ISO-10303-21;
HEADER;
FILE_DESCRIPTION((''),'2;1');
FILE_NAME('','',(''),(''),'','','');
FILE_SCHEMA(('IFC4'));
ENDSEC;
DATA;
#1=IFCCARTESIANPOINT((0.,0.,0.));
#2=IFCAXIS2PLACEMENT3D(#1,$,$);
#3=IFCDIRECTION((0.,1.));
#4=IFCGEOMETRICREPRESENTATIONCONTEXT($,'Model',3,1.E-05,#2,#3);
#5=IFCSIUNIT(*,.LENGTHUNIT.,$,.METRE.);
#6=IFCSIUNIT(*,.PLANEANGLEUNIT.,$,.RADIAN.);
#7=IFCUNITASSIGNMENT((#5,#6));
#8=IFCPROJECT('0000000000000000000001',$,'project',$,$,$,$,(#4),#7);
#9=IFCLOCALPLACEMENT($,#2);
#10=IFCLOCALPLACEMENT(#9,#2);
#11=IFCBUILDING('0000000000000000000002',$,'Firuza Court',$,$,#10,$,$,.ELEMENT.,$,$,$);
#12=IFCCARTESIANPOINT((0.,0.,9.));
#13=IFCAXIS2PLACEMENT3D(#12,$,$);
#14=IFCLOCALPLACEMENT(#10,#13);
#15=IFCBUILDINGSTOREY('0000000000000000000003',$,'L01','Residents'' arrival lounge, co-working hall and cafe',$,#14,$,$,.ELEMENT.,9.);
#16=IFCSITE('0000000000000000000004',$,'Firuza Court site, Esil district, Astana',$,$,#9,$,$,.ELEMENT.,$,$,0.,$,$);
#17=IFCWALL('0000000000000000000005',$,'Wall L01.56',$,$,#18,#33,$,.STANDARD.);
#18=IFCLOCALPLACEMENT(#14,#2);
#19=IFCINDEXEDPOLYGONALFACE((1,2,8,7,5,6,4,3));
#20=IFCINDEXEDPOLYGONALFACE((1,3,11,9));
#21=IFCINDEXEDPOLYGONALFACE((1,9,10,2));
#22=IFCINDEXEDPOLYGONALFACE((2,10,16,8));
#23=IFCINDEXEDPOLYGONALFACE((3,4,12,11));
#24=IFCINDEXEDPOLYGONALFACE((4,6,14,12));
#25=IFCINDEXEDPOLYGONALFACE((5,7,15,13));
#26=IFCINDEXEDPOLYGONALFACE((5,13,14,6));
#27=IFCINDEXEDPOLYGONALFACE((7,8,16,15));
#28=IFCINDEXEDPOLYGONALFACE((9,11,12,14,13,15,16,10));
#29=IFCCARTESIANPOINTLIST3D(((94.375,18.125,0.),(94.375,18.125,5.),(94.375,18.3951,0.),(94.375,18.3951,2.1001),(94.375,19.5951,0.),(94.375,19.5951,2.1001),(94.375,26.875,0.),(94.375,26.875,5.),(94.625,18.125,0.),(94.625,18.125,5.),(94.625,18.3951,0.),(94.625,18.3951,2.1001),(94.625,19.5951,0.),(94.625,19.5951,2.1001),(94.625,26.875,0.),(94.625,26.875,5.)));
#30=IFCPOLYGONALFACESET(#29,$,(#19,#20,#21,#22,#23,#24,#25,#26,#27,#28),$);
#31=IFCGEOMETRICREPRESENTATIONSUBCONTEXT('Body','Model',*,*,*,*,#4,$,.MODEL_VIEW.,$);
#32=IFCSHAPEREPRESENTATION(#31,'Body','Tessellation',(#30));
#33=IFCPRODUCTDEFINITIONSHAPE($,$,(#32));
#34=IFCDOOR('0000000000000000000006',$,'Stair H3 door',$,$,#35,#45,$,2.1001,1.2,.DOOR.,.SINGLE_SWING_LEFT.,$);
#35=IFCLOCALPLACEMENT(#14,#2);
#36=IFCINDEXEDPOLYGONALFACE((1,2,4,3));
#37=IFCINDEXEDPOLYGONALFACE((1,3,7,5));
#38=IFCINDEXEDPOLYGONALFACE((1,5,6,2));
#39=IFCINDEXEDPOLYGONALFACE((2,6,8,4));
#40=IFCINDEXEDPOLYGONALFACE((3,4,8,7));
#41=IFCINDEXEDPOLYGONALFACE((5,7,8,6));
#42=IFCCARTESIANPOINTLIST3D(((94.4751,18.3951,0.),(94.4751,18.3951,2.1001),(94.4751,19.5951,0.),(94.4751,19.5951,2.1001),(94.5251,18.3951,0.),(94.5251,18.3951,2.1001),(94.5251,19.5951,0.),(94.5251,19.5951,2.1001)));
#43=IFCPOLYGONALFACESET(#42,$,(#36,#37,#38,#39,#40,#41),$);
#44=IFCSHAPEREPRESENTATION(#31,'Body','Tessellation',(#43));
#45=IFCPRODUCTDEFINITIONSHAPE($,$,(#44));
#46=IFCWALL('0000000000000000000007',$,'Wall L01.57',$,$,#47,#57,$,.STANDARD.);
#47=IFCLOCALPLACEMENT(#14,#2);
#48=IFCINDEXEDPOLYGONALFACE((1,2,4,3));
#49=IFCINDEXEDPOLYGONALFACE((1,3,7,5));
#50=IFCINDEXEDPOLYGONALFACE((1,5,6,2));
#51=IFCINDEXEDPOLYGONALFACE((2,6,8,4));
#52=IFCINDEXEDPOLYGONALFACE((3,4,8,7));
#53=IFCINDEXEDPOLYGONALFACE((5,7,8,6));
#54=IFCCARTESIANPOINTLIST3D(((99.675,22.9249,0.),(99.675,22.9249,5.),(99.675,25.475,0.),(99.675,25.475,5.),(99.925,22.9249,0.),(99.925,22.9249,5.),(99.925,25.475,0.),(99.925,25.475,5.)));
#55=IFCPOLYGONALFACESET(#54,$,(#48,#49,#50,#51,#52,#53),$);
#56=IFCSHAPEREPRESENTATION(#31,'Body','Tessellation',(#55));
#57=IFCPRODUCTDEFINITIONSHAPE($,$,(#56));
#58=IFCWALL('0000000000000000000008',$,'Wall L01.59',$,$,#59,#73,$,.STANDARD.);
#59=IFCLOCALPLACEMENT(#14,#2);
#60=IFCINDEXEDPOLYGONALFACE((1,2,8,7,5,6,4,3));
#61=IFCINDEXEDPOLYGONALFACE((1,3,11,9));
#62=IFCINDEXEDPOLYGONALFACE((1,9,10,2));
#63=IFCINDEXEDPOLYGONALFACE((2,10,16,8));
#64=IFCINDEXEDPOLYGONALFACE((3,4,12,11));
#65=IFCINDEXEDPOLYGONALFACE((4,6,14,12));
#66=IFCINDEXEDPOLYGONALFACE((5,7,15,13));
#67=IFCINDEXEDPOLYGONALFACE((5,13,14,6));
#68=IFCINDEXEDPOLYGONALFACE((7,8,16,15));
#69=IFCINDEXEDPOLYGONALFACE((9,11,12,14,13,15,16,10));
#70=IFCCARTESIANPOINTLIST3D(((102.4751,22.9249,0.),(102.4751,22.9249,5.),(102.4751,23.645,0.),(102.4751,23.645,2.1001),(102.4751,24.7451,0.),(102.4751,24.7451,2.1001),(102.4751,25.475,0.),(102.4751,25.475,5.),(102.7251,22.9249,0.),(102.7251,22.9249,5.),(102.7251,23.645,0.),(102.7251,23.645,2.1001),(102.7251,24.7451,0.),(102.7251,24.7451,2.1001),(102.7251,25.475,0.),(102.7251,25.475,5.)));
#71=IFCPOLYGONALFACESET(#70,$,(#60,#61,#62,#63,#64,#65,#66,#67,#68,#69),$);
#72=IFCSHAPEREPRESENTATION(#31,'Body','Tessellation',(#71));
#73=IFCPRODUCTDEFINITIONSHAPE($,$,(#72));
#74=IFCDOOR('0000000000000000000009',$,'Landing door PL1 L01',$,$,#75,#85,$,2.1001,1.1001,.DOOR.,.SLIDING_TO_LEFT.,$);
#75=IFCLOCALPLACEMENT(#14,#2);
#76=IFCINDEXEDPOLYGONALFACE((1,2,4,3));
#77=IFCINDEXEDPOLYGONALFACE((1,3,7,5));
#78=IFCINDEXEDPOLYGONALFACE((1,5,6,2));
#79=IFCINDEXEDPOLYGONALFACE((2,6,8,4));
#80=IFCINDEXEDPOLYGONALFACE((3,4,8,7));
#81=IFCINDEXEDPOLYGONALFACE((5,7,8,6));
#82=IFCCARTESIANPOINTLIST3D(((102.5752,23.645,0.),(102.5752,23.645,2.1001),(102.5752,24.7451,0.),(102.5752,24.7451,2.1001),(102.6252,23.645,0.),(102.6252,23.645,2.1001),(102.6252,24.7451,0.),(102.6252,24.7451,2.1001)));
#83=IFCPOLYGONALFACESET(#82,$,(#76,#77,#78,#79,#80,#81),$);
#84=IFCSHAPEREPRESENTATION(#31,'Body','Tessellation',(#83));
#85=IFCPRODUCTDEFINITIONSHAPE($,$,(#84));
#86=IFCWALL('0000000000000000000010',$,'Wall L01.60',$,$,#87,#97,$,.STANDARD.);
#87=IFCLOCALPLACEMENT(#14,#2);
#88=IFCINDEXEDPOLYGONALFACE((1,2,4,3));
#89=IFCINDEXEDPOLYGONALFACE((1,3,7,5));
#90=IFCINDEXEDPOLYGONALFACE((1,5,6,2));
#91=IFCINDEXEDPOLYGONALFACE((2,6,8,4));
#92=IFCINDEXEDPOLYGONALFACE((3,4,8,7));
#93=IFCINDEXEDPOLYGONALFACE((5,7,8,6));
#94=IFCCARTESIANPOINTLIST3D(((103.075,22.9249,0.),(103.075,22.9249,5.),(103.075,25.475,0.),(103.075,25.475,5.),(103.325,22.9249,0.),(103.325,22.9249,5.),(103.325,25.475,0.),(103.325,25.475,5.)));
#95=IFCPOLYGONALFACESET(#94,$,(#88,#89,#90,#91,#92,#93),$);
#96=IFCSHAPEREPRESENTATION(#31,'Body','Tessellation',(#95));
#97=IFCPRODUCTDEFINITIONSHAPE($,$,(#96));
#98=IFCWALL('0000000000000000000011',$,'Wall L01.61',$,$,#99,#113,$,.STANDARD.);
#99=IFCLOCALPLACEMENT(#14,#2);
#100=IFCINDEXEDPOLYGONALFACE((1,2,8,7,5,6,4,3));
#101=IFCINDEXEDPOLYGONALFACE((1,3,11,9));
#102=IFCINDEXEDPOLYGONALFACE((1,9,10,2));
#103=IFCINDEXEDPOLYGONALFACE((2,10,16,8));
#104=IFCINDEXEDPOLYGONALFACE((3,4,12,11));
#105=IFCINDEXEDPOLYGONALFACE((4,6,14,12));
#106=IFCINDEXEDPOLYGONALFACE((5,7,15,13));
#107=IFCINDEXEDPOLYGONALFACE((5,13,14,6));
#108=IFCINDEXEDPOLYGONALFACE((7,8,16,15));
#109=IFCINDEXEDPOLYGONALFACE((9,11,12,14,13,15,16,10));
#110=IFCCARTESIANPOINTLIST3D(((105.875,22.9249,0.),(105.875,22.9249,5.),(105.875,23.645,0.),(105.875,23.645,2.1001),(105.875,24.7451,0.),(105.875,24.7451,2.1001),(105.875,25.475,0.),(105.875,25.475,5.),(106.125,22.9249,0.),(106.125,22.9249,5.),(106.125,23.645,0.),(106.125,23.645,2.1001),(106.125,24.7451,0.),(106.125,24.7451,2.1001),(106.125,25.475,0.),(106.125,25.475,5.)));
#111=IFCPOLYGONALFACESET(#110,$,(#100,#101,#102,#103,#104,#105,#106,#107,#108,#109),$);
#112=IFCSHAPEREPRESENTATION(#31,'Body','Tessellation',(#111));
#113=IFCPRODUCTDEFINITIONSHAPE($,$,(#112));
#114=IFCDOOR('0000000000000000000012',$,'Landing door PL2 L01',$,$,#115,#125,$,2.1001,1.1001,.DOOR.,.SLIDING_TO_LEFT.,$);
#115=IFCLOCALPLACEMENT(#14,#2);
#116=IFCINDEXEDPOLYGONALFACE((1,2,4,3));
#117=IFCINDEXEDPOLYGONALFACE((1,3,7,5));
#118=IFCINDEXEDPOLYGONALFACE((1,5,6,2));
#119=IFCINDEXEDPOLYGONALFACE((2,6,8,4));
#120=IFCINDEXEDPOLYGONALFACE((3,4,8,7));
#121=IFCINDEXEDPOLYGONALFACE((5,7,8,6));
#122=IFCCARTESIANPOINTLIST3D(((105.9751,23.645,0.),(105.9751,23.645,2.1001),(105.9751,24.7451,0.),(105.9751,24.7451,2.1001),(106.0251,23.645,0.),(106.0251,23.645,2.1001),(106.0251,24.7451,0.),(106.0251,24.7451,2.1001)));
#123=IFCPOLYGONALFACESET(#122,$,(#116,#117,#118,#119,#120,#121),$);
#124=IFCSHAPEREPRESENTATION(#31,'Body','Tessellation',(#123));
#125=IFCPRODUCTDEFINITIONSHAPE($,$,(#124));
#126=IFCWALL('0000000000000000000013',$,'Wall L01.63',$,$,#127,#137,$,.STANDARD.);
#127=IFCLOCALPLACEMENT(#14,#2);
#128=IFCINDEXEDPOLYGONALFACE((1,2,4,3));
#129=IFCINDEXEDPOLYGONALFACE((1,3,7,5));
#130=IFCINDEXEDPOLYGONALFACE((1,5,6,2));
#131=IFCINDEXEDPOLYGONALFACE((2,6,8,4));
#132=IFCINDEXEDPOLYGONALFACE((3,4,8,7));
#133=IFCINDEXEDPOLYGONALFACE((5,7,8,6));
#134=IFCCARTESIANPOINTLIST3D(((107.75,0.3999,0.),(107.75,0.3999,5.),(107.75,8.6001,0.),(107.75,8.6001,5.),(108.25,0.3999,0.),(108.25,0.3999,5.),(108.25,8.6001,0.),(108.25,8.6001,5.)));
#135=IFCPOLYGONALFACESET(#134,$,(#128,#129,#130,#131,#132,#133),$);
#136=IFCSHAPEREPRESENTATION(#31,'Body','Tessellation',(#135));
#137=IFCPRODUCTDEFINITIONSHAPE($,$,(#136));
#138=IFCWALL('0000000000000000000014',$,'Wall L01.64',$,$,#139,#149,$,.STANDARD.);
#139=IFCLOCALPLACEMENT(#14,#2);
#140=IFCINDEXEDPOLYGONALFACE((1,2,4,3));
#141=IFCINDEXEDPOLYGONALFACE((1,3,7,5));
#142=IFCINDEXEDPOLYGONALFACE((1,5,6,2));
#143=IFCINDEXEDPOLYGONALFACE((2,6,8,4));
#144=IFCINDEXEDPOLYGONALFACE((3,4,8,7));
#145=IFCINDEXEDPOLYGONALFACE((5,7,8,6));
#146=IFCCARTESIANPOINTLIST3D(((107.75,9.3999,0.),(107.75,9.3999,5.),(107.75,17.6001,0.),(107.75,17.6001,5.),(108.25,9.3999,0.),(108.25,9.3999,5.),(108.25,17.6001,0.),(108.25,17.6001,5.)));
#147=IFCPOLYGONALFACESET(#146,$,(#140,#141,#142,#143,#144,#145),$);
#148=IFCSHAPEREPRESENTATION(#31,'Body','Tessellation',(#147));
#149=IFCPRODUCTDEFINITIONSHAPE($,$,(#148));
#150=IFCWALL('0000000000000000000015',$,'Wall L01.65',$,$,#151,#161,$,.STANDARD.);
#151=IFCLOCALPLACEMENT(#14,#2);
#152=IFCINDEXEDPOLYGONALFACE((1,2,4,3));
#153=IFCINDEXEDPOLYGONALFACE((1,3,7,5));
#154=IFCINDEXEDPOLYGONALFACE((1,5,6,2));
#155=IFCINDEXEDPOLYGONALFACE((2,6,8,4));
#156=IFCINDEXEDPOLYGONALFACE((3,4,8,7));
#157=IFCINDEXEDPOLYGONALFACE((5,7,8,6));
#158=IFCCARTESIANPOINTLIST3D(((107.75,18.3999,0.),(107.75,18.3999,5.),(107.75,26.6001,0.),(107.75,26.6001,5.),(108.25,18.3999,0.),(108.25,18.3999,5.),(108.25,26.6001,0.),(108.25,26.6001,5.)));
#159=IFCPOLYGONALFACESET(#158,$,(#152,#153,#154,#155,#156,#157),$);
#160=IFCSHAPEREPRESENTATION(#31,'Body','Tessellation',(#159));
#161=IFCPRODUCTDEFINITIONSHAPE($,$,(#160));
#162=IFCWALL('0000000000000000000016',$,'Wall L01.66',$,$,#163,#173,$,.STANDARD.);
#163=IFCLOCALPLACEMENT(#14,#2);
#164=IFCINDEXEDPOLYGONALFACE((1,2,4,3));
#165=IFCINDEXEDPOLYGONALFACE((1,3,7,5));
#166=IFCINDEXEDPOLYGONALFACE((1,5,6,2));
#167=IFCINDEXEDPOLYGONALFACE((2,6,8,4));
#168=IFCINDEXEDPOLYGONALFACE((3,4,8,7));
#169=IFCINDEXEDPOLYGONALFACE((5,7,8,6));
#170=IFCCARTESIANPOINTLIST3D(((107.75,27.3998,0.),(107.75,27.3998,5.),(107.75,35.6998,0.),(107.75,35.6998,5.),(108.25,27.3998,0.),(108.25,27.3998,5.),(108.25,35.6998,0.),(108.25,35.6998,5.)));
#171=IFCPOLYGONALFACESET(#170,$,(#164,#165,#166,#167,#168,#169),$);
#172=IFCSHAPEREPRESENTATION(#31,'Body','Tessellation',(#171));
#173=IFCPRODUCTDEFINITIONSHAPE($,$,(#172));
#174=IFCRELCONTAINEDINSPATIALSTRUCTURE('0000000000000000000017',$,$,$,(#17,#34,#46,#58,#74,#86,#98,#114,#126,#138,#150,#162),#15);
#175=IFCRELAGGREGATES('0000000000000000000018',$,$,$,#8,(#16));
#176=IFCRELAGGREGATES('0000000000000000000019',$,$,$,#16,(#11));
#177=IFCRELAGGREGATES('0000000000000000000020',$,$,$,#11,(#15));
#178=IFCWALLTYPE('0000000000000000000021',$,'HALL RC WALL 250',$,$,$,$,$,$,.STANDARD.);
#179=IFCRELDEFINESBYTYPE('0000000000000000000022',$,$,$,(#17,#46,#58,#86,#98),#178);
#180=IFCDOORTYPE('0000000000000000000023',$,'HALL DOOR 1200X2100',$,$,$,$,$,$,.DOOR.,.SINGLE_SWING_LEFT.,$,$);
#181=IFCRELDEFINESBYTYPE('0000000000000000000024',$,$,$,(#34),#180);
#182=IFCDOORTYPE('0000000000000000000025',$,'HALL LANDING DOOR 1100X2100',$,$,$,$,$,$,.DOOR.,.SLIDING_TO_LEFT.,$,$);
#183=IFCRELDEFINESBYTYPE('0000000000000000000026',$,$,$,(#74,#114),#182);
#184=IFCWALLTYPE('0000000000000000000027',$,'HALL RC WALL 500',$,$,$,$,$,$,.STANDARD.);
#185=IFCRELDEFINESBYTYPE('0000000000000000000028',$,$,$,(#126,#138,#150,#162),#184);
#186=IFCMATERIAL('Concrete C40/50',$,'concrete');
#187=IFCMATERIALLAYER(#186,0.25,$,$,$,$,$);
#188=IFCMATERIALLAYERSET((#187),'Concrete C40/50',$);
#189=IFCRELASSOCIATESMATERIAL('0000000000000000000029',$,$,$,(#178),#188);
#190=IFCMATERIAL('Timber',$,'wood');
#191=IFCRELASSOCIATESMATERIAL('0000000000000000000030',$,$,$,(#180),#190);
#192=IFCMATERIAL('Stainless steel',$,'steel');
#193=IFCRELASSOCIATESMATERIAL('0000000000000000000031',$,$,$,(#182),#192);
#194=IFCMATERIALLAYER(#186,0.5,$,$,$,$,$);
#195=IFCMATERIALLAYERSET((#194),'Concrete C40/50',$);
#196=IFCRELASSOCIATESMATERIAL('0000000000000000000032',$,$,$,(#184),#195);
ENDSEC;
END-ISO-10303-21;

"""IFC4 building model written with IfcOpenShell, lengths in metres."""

from ifc_helpers import new_model, si_unit, direction, frame, frame_2d, origin, place, context, subcontext, project, spatial, rectangle, extrude, material, layer, layer_set, type_object, element, fill, save


model = new_model("IFC4")

# Units and contexts
model_context = context("Model", 3, precision=1e-05, world=origin(), true_north=direction((0.0, 1.0)))
body_context = subcontext(model_context, "Body", "Model", "MODEL_VIEW")
ifc_project = project(units=[si_unit("LENGTHUNIT", "METRE"), si_unit("PLANEANGLEUNIT", "RADIAN")], contexts=[model_context])

# Site, building, storey
site_placement = place(None, origin())
site = spatial("IfcSite", under=ifc_project, at=site_placement, Name="Firuza Court site, Esil district, Astana", CompositionType="ELEMENT", RefElevation=0.0)
building_placement = place(site_placement, origin())
building = spatial("IfcBuilding", under=site, at=building_placement, Name="Firuza Court", CompositionType="ELEMENT")
storey_placement = place(building_placement, frame((0.0, 0.0, 9.0)))
storey = spatial("IfcBuildingStorey", under=building, at=storey_placement, Name="L01", Description="Residents' arrival lounge, co-working hall and cafe", CompositionType="ELEMENT", Elevation=9.0)

# Shared definitions
ifc_material_1 = material(Name="Concrete C40/50", Category="concrete")
ifc_layer_1 = layer(ifc_material_1, 0.25)
ifc_layer_set_1 = layer_set([ifc_layer_1], Name="Concrete C40/50")
wall_type_1 = type_object("IfcWallType", Name="HALL RC WALL 250", PredefinedType="STANDARD", material=ifc_layer_set_1)

# Wall, opening, door
wall_1_placement = place(storey_placement, frame((94.5, 18.125, 0.0), z_axis=(0.0, 0.0, 1.0), x_axis=(0.0, 1.0, 0.0)))
wall_1 = element("IfcWall", 1, at=wall_1_placement, inside=storey, type_object=wall_type_1, Name="Wall L01.56", PredefinedType="STANDARD", context=body_context, shape_type="SweptSolid", body=[
    extrude(rectangle(XDim=8.75, YDim=0.25, at=frame_2d((4.375, 0.0))), origin(), (0.0, 0.0, 1.0), 5.0),
])
opening_1_placement = place(wall_1_placement, frame((0.27, 0.0, 0.0)))
opening_1 = element("IfcOpeningElement", 2, at=opening_1_placement, cuts=wall_1, PredefinedType="OPENING", context=body_context, shape_type="SweptSolid", body=[
    extrude(rectangle(XDim=1.2, YDim=2.1001, at=frame_2d((0.6001, 1.05))), frame((0.0, 0.137, 0.0), z_axis=(0.0, -1.0, 0.0), x_axis=(1.0, 0.0, 0.0)), (0.0, 0.0, 1.0), 0.2739),
])
ifc_material_2 = material(Name="Timber", Category="wood")
door_type_1 = type_object("IfcDoorType", Name="HALL DOOR 1200X2100", OperationType="SINGLE_SWING_LEFT", PredefinedType="DOOR", material=ifc_material_2)
door_1_placement = place(opening_1_placement, origin())
door_1 = element("IfcDoor", 3, at=door_1_placement, inside=storey, type_object=door_type_1, Name="Stair H3 door", OperationType="SINGLE_SWING_LEFT", OverallHeight=2.1001, OverallWidth=1.2, PredefinedType="DOOR", context=body_context, shape_type="SweptSolid", body=[
    extrude(rectangle(XDim=1.2, YDim=2.1001, at=frame_2d((0.6001, 1.05))), frame((0.0, 0.0249, 0.0), z_axis=(0.0, -1.0, 0.0), x_axis=(1.0, 0.0, 0.0)), (0.0, 0.0, 1.0), 0.05),
])
fill(opening_1, door_1)

# Wall
wall_2_placement = place(storey_placement, frame((99.8, 22.925, 0.0), z_axis=(0.0, 0.0, 1.0), x_axis=(0.0, 1.0, 0.0)))
element("IfcWall", 4, at=wall_2_placement, inside=storey, type_object=wall_type_1, Name="Wall L01.57", PredefinedType="STANDARD", context=body_context, shape_type="SweptSolid", body=[
    extrude(rectangle(XDim=2.55, YDim=0.25, at=frame_2d((1.2749, 0.0))), origin(), (0.0, 0.0, 1.0), 5.0),
])

# Wall, opening, door
wall_3_placement = place(storey_placement, frame((102.6001, 22.925, 0.0), z_axis=(0.0, 0.0, 1.0), x_axis=(0.0, 1.0, 0.0)))
wall_3 = element("IfcWall", 5, at=wall_3_placement, inside=storey, type_object=wall_type_1, Name="Wall L01.59", PredefinedType="STANDARD", context=body_context, shape_type="SweptSolid", body=[
    extrude(rectangle(XDim=2.55, YDim=0.25, at=frame_2d((1.2749, 0.0))), origin(), (0.0, 0.0, 1.0), 5.0),
])
opening_2_placement = place(wall_3_placement, frame((0.72, 0.0, 0.0)))
opening_2 = element("IfcOpeningElement", 6, at=opening_2_placement, cuts=wall_3, PredefinedType="OPENING", context=body_context, shape_type="SweptSolid", body=[
    extrude(rectangle(XDim=1.1001, YDim=2.1001, at=frame_2d((0.55, 1.05))), frame((0.0, 0.137, 0.0), z_axis=(0.0, -1.0, 0.0), x_axis=(1.0, 0.0, 0.0)), (0.0, 0.0, 1.0), 0.2739),
])
ifc_material_3 = material(Name="Stainless steel", Category="steel")
door_type_2 = type_object("IfcDoorType", Name="HALL LANDING DOOR 1100X2100", OperationType="SLIDING_TO_LEFT", PredefinedType="DOOR", material=ifc_material_3)
door_2_placement = place(opening_2_placement, origin())
door_2 = element("IfcDoor", 7, at=door_2_placement, inside=storey, type_object=door_type_2, Name="Landing door PL1 L01", OperationType="SLIDING_TO_LEFT", OverallHeight=2.1001, OverallWidth=1.1001, PredefinedType="DOOR", context=body_context, shape_type="SweptSolid", body=[
    extrude(rectangle(XDim=1.1001, YDim=2.1001, at=frame_2d((0.55, 1.05))), frame((0.0, 0.0249, 0.0), z_axis=(0.0, -1.0, 0.0), x_axis=(1.0, 0.0, 0.0)), (0.0, 0.0, 1.0), 0.05),
])
fill(opening_2, door_2)

# Wall
wall_4_placement = place(storey_placement, frame((103.2, 22.925, 0.0), z_axis=(0.0, 0.0, 1.0), x_axis=(0.0, 1.0, 0.0)))
element("IfcWall", 8, at=wall_4_placement, inside=storey, type_object=wall_type_1, Name="Wall L01.60", PredefinedType="STANDARD", context=body_context, shape_type="SweptSolid", body=[
    extrude(rectangle(XDim=2.55, YDim=0.25, at=frame_2d((1.2749, 0.0))), origin(), (0.0, 0.0, 1.0), 5.0),
])

# Wall, opening, door
wall_5_placement = place(storey_placement, frame((106.0, 22.925, 0.0), z_axis=(0.0, 0.0, 1.0), x_axis=(0.0, 1.0, 0.0)))
wall_5 = element("IfcWall", 9, at=wall_5_placement, inside=storey, type_object=wall_type_1, Name="Wall L01.61", PredefinedType="STANDARD", context=body_context, shape_type="SweptSolid", body=[
    extrude(rectangle(XDim=2.55, YDim=0.25, at=frame_2d((1.2749, 0.0))), origin(), (0.0, 0.0, 1.0), 5.0),
])
opening_3_placement = place(wall_5_placement, frame((0.72, 0.0, 0.0)))
opening_3 = element("IfcOpeningElement", 10, at=opening_3_placement, cuts=wall_5, PredefinedType="OPENING", context=body_context, shape_type="SweptSolid", body=[
    extrude(rectangle(XDim=1.1001, YDim=2.1001, at=frame_2d((0.55, 1.05))), frame((0.0, 0.137, 0.0), z_axis=(0.0, -1.0, 0.0), x_axis=(1.0, 0.0, 0.0)), (0.0, 0.0, 1.0), 0.2739),
])
door_3_placement = place(opening_3_placement, origin())
door_3 = element("IfcDoor", 11, at=door_3_placement, inside=storey, type_object=door_type_2, Name="Landing door PL2 L01", OperationType="SLIDING_TO_LEFT", OverallHeight=2.1001, OverallWidth=1.1001, PredefinedType="DOOR", context=body_context, shape_type="SweptSolid", body=[
    extrude(rectangle(XDim=1.1001, YDim=2.1001, at=frame_2d((0.55, 1.05))), frame((0.0, 0.0249, 0.0), z_axis=(0.0, -1.0, 0.0), x_axis=(1.0, 0.0, 0.0)), (0.0, 0.0, 1.0), 0.05),
])
fill(opening_3, door_3)

# Walls
ifc_layer_2 = layer(ifc_material_1, 0.5)
ifc_layer_set_2 = layer_set([ifc_layer_2], Name="Concrete C40/50")
wall_type_2 = type_object("IfcWallType", Name="HALL RC WALL 500", PredefinedType="STANDARD", material=ifc_layer_set_2)
for number, where, z_axis, x_axis, name in (
    (12, (108.0, 0.3999, 0.0), (0.0, 0.0, 1.0), (0.0, 1.0, 0.0), "Wall L01.63"),
    (13, (108.0, 9.3999, 0.0), (0.0, 0.0, 1.0), (0.0, 1.0, 0.0), "Wall L01.64"),
    (14, (108.0, 18.3999, 0.0), (0.0, 0.0, 1.0), (0.0, 1.0, 0.0), "Wall L01.65"),
):
    element("IfcWall", number, at=place(storey_placement, frame(where, z_axis=z_axis, x_axis=x_axis)), inside=storey, type_object=wall_type_2, Name=name, PredefinedType="STANDARD", context=body_context, shape_type="SweptSolid", body=[
        extrude(rectangle(XDim=8.2002, YDim=0.5, at=frame_2d((4.1001, 0.0))), origin(), (0.0, 0.0, 1.0), 5.0),
    ])
wall_6_placement = place(storey_placement, frame((108.0, 27.3999, 0.0), z_axis=(0.0, 0.0, 1.0), x_axis=(0.0, 1.0, 0.0)))
element("IfcWall", 15, at=wall_6_placement, inside=storey, type_object=wall_type_2, Name="Wall L01.66", PredefinedType="STANDARD", context=body_context, shape_type="SweptSolid", body=[
    extrude(rectangle(XDim=8.3, YDim=0.5, at=frame_2d((4.1499, 0.0))), origin(), (0.0, 0.0, 1.0), 5.0),
])

save(model, "model.ifc")
